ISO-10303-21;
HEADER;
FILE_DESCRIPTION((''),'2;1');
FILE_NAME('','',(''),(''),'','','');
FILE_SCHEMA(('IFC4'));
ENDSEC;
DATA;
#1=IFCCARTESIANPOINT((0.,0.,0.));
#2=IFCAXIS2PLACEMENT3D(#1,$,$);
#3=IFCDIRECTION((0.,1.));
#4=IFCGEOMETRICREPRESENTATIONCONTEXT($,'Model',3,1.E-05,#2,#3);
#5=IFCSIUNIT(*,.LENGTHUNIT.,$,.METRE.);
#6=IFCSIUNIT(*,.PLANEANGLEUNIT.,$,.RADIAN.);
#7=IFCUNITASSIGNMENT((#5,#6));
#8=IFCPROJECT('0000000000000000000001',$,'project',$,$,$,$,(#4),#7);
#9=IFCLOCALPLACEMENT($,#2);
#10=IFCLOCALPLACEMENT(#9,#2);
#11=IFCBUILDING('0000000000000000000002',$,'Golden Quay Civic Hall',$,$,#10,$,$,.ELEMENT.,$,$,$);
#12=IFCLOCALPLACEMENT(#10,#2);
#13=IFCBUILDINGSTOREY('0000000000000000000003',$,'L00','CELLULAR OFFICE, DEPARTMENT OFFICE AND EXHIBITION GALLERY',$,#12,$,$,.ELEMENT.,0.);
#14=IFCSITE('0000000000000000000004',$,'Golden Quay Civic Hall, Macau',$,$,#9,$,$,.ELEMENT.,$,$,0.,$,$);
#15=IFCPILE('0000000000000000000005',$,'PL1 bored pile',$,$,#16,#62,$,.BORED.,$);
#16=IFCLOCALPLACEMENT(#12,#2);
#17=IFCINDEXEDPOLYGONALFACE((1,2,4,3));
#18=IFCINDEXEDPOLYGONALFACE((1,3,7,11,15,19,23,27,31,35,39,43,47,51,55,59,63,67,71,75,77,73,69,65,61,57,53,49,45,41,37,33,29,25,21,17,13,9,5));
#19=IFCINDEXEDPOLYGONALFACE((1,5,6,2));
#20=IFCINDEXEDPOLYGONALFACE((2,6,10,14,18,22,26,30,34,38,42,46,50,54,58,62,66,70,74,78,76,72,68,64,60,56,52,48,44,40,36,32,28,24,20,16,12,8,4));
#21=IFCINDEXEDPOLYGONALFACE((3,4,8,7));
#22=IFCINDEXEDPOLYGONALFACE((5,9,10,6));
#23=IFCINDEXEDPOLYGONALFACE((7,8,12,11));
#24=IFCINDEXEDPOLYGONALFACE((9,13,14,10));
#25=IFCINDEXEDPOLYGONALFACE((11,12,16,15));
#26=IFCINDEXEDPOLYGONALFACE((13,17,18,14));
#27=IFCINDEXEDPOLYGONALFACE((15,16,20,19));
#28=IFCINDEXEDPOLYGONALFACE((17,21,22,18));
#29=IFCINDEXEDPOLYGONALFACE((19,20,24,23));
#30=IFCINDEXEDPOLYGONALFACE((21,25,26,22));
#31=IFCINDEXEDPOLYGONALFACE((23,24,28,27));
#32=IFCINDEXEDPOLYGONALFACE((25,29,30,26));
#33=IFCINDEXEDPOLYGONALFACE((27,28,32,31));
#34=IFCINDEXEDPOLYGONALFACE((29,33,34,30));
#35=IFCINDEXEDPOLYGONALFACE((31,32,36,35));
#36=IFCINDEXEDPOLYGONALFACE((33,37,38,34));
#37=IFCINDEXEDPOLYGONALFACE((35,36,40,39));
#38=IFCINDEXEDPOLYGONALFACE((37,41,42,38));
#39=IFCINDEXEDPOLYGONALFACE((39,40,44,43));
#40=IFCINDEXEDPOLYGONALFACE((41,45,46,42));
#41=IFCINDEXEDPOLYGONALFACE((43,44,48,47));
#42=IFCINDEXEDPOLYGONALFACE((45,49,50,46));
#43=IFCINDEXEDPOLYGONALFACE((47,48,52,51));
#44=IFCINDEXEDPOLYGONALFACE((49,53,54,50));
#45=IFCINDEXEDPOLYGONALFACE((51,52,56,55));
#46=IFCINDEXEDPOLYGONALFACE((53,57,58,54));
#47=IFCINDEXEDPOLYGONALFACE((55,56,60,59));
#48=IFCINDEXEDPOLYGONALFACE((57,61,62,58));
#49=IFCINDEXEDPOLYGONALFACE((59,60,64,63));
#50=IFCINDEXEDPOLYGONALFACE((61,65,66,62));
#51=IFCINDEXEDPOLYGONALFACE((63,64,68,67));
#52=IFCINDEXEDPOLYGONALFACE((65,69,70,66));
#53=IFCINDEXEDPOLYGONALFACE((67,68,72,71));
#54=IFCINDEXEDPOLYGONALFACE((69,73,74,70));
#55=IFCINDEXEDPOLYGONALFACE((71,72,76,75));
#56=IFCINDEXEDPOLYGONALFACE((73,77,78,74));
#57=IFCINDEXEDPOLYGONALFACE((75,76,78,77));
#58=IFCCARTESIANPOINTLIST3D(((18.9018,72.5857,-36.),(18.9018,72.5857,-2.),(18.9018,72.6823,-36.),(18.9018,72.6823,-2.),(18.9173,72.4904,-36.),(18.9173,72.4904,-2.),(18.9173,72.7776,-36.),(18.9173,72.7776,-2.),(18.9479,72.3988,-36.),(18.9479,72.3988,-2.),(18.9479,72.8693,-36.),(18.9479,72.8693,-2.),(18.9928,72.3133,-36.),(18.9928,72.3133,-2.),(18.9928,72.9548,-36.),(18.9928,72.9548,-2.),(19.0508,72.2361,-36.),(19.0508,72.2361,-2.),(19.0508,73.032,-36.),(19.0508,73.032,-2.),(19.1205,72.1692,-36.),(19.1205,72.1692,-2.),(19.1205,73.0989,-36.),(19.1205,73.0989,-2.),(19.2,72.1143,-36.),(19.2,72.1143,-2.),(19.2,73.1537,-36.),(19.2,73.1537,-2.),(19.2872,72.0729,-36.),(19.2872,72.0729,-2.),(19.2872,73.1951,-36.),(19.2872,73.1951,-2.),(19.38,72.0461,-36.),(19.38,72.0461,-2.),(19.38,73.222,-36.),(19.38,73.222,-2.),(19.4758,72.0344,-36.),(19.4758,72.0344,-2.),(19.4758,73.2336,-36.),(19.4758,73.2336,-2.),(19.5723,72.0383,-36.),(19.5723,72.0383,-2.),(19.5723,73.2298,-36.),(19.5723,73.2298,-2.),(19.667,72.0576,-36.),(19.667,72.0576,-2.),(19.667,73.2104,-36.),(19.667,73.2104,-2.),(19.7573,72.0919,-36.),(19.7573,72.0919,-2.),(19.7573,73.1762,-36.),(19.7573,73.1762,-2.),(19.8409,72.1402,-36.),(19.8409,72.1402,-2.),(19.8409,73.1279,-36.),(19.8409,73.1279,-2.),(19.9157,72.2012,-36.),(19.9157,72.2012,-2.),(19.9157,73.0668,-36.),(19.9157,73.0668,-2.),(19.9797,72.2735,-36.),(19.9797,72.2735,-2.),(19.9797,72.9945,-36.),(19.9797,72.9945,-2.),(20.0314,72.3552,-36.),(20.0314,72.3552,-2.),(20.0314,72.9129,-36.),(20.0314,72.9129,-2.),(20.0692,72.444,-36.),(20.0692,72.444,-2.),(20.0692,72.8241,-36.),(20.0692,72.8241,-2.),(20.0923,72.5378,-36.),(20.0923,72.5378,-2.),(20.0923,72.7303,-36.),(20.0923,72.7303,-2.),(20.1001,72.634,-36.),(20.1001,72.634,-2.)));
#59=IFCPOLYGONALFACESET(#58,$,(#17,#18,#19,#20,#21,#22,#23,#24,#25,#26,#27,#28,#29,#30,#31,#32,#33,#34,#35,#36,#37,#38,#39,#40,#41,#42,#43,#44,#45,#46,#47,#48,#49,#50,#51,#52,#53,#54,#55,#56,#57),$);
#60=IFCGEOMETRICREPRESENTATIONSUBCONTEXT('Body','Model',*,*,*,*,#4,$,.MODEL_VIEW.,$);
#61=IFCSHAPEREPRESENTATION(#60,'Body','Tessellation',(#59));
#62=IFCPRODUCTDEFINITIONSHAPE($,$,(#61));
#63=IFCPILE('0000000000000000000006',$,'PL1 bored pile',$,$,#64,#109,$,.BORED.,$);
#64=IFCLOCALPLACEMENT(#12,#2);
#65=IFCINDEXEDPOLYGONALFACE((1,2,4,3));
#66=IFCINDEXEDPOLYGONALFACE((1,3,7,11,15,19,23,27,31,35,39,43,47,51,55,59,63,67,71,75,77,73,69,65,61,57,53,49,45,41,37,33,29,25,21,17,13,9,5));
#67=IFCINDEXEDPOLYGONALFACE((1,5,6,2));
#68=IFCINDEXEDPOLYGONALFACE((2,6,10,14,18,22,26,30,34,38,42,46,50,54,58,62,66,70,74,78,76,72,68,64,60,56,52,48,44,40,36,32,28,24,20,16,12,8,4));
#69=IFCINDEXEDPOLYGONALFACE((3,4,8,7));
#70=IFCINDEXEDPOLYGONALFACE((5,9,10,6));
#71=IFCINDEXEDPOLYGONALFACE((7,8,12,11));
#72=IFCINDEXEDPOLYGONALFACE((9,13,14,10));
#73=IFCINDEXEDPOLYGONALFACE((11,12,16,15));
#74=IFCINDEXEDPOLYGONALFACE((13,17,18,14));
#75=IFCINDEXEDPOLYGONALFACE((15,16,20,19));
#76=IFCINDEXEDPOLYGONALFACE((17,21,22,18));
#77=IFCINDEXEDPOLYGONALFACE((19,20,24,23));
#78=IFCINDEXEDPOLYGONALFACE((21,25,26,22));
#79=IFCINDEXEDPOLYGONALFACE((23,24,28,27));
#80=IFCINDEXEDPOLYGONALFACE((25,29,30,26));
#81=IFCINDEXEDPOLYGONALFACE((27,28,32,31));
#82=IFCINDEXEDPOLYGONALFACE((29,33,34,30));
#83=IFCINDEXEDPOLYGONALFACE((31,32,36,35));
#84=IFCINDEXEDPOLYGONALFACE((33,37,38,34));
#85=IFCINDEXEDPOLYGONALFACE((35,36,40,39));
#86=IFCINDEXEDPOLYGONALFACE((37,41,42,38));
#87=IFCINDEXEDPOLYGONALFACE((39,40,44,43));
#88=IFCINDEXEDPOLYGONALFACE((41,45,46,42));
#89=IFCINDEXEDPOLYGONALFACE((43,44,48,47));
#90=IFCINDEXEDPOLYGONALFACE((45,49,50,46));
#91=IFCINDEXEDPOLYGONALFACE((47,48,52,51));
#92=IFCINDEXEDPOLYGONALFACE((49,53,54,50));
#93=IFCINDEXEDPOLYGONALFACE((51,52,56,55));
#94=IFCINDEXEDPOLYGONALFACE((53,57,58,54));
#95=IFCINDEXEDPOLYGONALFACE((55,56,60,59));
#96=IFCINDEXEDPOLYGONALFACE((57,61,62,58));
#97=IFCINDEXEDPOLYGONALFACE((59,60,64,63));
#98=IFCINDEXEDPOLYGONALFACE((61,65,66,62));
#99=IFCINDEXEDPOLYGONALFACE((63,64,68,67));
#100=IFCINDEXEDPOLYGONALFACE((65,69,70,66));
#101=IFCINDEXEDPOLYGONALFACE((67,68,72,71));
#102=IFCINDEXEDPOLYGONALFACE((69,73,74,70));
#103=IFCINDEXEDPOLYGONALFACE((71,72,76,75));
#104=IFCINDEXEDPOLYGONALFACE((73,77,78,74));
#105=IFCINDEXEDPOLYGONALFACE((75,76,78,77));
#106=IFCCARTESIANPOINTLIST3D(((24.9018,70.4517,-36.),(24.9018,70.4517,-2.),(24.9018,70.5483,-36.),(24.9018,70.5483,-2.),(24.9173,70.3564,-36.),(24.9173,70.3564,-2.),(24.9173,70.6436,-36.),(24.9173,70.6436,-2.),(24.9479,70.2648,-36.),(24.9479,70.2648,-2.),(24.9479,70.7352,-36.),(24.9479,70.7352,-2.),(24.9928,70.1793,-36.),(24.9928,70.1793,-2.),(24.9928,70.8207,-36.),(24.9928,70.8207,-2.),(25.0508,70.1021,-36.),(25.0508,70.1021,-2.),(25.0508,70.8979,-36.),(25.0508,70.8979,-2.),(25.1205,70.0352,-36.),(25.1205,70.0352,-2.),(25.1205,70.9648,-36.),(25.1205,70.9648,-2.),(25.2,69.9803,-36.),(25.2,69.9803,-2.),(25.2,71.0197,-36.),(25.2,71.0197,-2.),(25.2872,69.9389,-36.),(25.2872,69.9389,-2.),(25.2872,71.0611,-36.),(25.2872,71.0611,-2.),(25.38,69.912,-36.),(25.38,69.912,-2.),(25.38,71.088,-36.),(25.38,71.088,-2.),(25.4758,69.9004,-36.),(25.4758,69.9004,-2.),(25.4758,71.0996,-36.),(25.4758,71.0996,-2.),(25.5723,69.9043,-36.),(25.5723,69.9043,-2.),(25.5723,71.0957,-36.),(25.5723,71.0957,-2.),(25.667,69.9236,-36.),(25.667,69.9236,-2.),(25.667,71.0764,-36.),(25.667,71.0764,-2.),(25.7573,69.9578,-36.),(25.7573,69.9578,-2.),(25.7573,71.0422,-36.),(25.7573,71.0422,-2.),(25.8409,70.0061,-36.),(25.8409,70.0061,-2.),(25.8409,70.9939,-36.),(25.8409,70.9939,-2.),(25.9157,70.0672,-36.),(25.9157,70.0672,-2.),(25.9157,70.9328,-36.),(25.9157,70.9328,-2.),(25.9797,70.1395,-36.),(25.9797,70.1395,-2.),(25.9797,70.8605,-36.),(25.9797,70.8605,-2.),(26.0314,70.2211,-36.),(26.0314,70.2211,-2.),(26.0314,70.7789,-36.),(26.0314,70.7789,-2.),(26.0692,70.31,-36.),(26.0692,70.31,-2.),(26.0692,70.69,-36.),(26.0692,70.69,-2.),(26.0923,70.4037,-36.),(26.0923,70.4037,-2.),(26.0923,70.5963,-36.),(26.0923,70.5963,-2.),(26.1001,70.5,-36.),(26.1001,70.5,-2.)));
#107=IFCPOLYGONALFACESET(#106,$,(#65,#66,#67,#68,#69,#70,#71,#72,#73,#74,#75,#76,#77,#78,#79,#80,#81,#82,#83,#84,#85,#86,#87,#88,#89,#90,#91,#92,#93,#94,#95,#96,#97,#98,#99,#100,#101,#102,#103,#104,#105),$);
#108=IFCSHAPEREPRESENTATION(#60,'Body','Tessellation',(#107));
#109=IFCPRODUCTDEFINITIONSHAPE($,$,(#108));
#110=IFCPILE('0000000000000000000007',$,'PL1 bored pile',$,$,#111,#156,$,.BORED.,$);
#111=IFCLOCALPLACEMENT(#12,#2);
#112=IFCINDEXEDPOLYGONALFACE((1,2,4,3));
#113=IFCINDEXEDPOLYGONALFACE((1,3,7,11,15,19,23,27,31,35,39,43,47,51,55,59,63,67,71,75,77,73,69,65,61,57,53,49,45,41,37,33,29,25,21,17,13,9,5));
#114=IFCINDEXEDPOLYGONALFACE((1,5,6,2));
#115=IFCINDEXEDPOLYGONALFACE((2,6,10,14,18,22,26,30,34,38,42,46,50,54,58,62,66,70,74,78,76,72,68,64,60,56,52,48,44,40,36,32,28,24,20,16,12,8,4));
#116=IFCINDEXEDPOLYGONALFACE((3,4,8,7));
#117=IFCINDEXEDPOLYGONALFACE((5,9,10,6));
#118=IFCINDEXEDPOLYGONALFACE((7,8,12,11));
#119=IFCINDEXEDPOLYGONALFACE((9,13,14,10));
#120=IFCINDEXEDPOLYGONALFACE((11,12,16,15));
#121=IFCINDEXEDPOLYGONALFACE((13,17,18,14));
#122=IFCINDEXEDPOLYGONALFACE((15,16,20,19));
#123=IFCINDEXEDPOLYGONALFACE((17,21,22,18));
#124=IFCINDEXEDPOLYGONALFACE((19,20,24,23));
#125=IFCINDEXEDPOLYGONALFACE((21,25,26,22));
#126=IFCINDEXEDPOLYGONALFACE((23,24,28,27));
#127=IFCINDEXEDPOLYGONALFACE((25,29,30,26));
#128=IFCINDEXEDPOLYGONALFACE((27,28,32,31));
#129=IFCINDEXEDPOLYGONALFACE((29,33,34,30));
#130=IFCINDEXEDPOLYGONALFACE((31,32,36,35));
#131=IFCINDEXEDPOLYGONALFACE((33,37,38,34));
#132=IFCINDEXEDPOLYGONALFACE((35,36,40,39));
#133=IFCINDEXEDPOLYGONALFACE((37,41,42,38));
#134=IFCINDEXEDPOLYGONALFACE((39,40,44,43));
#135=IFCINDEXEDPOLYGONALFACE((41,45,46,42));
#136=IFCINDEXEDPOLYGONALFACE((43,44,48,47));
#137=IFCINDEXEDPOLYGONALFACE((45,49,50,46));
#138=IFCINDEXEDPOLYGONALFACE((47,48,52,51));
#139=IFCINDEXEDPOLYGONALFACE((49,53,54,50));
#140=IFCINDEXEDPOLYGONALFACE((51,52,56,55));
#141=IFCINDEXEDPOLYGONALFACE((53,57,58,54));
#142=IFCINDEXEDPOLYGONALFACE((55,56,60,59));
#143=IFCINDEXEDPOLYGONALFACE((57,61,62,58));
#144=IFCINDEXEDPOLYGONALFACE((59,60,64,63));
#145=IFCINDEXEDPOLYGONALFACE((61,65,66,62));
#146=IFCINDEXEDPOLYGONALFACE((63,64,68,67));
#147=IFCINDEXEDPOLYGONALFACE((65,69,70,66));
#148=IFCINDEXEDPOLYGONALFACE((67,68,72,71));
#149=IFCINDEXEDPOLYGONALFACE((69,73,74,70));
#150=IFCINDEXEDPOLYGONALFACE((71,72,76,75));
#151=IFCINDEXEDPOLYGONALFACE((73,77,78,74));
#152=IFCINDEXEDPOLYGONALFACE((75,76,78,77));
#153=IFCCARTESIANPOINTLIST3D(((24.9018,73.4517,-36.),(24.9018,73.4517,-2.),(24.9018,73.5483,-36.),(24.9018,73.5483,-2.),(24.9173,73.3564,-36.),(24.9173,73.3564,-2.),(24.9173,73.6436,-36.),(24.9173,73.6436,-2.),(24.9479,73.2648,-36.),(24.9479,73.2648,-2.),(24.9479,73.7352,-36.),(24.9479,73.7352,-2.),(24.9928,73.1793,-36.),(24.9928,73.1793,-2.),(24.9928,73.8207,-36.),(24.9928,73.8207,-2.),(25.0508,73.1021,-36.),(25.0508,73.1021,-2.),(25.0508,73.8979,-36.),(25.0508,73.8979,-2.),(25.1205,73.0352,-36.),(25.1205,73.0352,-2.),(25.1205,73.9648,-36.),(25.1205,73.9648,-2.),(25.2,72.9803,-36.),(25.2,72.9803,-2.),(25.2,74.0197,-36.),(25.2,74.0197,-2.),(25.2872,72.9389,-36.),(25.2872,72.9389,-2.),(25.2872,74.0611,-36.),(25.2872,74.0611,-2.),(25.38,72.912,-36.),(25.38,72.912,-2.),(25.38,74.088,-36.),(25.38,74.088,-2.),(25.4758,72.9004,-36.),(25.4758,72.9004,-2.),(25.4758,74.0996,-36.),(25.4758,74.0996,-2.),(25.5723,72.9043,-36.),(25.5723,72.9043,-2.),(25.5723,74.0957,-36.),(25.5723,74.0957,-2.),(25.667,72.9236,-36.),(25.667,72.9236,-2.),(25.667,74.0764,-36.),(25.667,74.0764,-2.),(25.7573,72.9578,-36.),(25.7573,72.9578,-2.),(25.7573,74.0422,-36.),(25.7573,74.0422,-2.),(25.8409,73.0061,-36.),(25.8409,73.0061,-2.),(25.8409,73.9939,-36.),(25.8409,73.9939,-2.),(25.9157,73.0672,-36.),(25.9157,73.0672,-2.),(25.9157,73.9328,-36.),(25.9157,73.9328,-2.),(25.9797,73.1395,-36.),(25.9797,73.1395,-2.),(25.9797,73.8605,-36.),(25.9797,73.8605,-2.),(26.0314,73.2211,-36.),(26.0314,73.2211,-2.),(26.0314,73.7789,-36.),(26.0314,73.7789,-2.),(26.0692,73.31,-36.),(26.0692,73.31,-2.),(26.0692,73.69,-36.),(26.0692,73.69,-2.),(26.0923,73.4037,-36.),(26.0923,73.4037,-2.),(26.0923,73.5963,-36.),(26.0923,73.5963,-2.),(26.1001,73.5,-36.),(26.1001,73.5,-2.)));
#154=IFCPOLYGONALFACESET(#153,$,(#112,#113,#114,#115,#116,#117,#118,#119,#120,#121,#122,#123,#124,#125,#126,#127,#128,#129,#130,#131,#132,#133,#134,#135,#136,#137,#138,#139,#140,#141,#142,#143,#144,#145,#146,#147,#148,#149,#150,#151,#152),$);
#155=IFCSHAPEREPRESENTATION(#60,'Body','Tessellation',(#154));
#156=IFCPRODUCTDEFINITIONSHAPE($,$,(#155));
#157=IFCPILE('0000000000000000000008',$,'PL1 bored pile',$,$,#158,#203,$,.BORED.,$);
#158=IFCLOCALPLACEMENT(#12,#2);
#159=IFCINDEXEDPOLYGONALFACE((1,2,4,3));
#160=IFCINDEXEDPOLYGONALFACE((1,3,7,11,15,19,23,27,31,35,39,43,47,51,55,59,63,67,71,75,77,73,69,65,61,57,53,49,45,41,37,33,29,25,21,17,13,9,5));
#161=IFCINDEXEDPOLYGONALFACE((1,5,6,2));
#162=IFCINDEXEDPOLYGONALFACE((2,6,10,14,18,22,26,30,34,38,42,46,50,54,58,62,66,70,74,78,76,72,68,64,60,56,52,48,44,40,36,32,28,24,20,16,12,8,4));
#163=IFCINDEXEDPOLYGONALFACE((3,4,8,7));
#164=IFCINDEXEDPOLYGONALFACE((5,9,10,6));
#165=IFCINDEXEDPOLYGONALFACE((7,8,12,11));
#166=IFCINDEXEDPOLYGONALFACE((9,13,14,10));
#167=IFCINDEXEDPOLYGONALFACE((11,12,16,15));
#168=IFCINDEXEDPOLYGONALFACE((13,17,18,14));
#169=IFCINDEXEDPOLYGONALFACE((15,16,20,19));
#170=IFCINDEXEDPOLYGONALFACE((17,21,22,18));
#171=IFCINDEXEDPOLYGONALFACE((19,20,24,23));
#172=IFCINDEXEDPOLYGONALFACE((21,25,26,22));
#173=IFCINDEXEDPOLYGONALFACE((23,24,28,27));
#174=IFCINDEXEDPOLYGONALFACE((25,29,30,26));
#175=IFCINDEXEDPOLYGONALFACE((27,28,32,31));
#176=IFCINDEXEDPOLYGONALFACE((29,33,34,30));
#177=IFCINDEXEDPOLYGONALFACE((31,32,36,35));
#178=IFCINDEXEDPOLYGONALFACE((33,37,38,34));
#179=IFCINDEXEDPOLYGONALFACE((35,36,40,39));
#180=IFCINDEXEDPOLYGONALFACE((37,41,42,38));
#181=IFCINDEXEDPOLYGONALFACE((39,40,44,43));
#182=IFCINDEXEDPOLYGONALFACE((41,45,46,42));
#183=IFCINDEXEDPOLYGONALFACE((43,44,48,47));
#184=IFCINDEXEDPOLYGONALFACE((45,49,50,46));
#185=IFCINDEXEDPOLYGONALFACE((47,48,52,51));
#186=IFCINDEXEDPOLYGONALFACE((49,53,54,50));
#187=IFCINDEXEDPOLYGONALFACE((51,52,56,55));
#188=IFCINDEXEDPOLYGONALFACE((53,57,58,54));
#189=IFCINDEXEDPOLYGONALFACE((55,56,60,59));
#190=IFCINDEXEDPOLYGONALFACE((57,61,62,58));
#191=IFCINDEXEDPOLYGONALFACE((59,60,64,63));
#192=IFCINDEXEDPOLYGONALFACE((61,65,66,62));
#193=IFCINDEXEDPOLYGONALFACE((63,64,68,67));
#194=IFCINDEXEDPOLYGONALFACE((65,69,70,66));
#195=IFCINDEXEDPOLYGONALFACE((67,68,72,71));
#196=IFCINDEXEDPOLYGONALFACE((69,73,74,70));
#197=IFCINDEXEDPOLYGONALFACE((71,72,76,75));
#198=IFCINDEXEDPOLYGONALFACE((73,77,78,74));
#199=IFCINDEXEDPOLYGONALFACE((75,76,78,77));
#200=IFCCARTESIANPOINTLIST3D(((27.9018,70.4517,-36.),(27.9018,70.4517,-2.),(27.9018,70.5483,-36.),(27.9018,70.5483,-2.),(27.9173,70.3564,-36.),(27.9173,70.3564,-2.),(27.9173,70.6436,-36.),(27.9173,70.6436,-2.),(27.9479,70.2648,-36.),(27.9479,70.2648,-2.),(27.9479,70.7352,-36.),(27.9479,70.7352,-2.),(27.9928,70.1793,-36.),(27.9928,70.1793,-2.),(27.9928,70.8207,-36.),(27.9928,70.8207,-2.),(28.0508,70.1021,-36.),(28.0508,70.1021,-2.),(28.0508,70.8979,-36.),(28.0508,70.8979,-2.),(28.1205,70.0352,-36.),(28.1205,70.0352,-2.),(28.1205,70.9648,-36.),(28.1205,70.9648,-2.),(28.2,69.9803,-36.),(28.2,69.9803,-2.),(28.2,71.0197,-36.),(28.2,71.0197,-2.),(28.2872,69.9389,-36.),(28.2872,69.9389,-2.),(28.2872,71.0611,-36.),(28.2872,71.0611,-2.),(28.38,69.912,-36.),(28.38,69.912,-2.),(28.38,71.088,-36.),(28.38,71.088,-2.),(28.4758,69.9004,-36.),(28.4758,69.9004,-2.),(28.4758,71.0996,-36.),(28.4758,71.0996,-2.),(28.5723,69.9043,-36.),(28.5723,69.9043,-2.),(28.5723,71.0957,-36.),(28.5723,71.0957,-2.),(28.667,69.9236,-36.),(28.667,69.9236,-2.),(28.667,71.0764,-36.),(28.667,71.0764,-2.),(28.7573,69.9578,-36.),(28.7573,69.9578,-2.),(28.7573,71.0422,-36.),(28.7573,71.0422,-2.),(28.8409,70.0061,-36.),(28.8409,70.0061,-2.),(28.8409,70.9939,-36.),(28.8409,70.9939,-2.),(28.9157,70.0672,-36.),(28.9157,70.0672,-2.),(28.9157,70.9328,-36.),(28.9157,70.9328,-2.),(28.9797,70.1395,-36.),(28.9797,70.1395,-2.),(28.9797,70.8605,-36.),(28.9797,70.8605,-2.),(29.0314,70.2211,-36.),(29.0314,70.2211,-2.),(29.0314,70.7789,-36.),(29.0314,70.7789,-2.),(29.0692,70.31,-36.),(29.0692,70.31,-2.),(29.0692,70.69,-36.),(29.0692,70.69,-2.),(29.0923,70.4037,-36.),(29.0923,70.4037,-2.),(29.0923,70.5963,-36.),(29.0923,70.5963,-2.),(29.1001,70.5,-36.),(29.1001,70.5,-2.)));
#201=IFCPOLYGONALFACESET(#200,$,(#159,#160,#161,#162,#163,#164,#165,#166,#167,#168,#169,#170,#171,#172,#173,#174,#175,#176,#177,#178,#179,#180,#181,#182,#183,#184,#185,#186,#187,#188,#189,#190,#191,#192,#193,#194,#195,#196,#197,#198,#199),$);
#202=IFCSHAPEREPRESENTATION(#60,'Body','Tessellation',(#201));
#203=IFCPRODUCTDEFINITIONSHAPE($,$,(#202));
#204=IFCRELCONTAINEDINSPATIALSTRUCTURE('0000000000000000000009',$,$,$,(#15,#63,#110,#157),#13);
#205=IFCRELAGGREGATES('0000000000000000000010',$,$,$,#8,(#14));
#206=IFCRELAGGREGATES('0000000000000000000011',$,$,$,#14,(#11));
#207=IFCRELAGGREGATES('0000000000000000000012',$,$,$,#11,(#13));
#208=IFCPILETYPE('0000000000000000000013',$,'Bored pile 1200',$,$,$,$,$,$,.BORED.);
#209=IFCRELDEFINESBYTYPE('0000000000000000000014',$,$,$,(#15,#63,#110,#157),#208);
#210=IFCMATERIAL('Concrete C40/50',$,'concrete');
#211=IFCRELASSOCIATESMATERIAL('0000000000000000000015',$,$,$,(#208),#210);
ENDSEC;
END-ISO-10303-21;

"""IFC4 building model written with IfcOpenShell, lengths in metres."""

from ifc_helpers import new_model, si_unit, direction, frame, origin, origin_2d, place, context, subcontext, project, spatial, circle, extrude, material, material_profile, profile_set, type_object, element, save


model = new_model("IFC4")

# Units and contexts
model_context = context("Model", 3, precision=1e-05, world=origin(), true_north=direction((0.0, 1.0)))
body_context = subcontext(model_context, "Body", "Model", "MODEL_VIEW")
ifc_project = project(units=[si_unit("LENGTHUNIT", "METRE"), si_unit("PLANEANGLEUNIT", "RADIAN")], contexts=[model_context])

# Site, building, storey
site_placement = place(None, origin())
site = spatial("IfcSite", under=ifc_project, at=site_placement, Name="Golden Quay Civic Hall, Macau", CompositionType="ELEMENT", RefElevation=0.0)
building_placement = place(site_placement, origin())
building = spatial("IfcBuilding", under=site, at=building_placement, Name="Golden Quay Civic Hall", CompositionType="ELEMENT")
storey_placement = place(building_placement, origin())
storey = spatial("IfcBuildingStorey", under=building, at=storey_placement, Name="L00", Description="CELLULAR OFFICE, DEPARTMENT OFFICE AND EXHIBITION GALLERY", CompositionType="ELEMENT", Elevation=0.0)

# Piles
ifc_material_1 = material(Name="Concrete C40/50", Category="concrete")
ifc_material_profile_1 = material_profile(ifc_material_1, circle(Radius=0.6001, at=origin_2d()), Name="RC D1200")
ifc_profile_set_1 = profile_set([ifc_material_profile_1], Name="Concrete C40/50")
pile_type_1 = type_object("IfcPileType", Name="Bored pile 1200", PredefinedType="BORED", material=ifc_profile_set_1)
for number, where, z_axis, x_axis, name in (
    (1, (19.5, 72.634, -2.0), (0.0, 0.0, -1.0), (1.0, 0.0, 0.0), "PL1 bored pile"),
    (2, (25.5, 70.5, -2.0), (0.0, 0.0, -1.0), (1.0, 0.0, 0.0), "PL1 bored pile"),
    (3, (25.5, 73.5, -2.0), (0.0, 0.0, -1.0), (1.0, 0.0, 0.0), "PL1 bored pile"),
    (4, (28.5, 70.5, -2.0), (0.0, 0.0, -1.0), (1.0, 0.0, 0.0), "PL1 bored pile"),
):
    element("IfcPile", number, at=place(storey_placement, frame(where, z_axis=z_axis, x_axis=x_axis)), inside=storey, type_object=pile_type_1, Name=name, PredefinedType="BORED", context=body_context, shape_type="SweptSolid", body=[
        extrude(circle(Radius=0.6001, at=origin_2d()), origin(), (0.0, 0.0, 1.0), 34.0),
    ])

save(model, "model.ifc")
